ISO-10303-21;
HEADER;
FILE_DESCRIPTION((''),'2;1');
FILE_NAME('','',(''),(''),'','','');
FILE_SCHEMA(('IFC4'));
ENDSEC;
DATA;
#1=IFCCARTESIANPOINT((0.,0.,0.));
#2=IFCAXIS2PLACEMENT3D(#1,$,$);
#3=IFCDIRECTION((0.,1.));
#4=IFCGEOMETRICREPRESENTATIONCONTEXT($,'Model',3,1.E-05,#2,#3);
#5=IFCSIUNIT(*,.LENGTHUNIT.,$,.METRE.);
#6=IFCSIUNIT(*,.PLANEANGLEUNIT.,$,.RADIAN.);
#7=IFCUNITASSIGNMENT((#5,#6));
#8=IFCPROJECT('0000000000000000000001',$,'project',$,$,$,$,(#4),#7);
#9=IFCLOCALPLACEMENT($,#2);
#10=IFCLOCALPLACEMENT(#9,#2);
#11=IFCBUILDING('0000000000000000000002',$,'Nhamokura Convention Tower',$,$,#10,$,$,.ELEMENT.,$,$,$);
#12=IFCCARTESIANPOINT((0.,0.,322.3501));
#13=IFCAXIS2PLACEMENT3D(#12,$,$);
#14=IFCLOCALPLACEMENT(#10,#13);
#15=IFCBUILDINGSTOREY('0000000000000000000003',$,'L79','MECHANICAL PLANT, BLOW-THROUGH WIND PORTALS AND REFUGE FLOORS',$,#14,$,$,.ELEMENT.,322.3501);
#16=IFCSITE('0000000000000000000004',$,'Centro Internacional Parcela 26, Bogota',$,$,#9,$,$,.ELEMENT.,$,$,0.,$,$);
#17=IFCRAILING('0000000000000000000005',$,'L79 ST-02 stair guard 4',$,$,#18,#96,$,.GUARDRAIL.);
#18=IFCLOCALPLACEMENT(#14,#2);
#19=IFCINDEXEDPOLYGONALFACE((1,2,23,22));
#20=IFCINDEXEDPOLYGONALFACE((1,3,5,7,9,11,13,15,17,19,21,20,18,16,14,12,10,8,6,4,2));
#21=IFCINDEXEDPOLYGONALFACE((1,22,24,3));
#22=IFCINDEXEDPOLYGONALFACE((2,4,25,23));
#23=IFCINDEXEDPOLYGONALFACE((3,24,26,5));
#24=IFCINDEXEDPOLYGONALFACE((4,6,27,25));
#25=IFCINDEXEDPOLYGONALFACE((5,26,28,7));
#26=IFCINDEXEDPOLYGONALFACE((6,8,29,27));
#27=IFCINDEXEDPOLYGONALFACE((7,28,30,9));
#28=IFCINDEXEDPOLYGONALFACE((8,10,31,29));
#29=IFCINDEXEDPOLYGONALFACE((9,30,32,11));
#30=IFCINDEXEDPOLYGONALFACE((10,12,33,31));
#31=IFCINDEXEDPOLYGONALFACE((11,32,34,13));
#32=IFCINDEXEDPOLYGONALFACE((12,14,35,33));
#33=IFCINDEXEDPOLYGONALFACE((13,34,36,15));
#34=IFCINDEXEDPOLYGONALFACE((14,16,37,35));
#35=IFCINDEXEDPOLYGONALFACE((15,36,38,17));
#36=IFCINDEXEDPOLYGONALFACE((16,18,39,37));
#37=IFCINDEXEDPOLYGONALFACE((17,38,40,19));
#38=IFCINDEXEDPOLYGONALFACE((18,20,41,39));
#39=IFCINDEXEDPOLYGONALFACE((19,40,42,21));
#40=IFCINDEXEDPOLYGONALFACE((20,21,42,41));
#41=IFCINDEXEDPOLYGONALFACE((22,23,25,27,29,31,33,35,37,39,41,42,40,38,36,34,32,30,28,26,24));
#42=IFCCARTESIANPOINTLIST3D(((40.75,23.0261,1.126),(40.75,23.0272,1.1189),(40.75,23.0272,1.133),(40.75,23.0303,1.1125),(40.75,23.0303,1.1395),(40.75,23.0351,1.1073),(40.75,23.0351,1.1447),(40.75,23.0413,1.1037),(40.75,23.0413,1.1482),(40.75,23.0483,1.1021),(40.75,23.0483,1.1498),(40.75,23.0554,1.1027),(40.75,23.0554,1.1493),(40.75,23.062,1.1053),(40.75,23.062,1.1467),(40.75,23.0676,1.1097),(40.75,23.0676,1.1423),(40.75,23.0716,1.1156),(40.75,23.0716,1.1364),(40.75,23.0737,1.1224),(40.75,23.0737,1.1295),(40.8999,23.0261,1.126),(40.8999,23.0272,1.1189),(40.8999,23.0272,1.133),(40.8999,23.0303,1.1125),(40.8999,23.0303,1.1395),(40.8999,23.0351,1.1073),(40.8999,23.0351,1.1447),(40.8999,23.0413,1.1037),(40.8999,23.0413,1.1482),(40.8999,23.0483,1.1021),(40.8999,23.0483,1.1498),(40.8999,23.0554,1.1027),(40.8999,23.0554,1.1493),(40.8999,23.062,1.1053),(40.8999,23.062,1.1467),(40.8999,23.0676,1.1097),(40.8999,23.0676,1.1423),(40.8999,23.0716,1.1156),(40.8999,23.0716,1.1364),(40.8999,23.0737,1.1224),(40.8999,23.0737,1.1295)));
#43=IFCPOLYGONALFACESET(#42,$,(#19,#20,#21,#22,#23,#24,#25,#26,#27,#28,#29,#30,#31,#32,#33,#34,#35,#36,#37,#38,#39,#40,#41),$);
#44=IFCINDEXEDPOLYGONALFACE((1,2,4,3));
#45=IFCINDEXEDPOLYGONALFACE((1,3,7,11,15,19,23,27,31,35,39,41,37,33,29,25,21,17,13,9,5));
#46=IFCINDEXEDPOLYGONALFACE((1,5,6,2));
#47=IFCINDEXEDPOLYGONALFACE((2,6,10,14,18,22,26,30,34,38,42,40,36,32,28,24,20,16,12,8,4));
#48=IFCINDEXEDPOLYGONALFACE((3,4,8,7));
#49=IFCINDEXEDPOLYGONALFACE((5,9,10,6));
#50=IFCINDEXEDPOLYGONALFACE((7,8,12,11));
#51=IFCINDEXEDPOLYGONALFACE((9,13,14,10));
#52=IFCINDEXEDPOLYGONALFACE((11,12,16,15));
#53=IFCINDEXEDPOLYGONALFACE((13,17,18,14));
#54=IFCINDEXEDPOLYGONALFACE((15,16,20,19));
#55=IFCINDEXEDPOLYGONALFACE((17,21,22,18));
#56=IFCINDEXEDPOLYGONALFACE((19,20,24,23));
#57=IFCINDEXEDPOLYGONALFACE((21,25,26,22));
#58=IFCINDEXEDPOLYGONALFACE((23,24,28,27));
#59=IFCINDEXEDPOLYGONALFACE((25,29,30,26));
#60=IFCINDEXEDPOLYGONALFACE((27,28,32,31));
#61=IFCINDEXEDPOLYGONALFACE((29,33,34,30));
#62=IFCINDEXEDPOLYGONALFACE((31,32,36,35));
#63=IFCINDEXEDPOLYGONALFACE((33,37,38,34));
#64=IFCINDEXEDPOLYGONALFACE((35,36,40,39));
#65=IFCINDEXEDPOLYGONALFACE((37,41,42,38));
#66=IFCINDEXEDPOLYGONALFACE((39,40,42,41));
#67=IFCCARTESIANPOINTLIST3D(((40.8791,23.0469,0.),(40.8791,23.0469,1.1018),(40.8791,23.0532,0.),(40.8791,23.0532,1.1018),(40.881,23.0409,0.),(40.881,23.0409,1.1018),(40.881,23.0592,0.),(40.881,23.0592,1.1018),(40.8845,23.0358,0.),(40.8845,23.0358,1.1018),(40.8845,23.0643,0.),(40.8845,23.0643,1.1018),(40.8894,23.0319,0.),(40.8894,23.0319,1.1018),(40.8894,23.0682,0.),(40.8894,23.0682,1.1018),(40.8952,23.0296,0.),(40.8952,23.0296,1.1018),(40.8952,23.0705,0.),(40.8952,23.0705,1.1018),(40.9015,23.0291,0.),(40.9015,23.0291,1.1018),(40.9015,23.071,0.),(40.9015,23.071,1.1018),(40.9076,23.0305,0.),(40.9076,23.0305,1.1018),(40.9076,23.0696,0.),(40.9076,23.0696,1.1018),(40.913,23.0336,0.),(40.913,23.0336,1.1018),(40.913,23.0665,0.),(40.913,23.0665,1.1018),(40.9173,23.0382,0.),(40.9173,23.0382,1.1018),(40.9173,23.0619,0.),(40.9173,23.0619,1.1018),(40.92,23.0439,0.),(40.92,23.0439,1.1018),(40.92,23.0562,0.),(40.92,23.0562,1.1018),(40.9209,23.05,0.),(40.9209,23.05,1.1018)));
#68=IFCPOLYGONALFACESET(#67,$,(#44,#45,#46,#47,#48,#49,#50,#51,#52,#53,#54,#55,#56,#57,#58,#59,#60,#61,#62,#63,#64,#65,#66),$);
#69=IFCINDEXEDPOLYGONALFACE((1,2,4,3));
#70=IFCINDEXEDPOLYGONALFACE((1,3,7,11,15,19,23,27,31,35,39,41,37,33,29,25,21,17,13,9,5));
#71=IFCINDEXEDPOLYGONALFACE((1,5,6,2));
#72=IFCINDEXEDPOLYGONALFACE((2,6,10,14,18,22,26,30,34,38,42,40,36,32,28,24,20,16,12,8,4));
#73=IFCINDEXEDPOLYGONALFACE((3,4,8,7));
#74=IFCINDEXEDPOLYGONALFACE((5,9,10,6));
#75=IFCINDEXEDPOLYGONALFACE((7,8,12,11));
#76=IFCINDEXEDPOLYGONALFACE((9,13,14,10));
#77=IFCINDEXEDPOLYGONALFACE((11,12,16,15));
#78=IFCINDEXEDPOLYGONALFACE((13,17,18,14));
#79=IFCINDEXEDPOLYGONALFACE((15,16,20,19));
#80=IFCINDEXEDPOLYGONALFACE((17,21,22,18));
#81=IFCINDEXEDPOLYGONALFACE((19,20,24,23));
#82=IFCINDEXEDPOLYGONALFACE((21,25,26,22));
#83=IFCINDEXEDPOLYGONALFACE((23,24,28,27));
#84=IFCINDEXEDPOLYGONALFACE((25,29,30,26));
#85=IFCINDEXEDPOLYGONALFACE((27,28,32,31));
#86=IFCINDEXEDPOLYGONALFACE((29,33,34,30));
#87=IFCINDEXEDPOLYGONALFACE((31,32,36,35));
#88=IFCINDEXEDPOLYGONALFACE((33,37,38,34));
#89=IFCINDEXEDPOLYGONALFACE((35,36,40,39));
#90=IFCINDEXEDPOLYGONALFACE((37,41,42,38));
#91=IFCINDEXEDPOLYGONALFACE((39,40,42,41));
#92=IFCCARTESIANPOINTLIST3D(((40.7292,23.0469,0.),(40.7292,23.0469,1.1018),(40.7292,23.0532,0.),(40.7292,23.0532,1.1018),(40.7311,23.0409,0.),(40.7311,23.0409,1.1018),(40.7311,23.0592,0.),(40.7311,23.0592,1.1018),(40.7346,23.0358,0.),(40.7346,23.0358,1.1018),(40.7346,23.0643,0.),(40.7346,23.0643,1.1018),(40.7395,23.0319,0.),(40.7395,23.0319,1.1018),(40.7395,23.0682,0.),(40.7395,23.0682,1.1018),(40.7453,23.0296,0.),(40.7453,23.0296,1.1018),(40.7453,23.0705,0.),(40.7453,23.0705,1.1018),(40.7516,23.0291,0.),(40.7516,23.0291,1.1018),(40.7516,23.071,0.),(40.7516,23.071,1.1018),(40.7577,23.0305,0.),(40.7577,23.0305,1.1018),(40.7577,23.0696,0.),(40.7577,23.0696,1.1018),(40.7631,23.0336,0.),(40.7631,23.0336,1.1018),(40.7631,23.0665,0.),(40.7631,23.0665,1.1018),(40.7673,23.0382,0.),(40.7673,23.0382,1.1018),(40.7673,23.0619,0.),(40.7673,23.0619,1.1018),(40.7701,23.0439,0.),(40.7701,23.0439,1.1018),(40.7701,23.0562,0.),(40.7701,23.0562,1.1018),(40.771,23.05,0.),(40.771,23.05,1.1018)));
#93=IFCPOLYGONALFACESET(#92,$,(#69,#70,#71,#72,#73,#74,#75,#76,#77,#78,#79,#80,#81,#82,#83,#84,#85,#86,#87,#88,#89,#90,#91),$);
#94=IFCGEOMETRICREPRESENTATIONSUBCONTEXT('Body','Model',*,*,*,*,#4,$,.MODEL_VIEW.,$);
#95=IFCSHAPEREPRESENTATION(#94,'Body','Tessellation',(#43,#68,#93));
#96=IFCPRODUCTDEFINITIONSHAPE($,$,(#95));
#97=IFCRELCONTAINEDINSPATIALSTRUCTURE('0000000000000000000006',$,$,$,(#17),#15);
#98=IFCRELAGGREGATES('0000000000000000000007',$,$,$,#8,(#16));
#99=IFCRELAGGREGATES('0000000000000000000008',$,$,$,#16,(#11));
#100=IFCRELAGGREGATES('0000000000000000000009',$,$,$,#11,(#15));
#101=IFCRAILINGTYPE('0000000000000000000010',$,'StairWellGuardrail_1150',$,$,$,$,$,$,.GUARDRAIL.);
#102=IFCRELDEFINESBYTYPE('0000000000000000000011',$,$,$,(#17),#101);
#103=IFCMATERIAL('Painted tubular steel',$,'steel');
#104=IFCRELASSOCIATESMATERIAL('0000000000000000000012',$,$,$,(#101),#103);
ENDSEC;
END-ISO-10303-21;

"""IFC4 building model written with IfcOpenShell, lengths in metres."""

from ifc_helpers import new_model, si_unit, direction, frame, origin, origin_2d, place, context, subcontext, project, spatial, circle, extrude, material, type_object, element, save


model = new_model("IFC4")

# Units and contexts
model_context = context("Model", 3, precision=1e-05, world=origin(), true_north=direction((0.0, 1.0)))
body_context = subcontext(model_context, "Body", "Model", "MODEL_VIEW")
ifc_project = project(units=[si_unit("LENGTHUNIT", "METRE"), si_unit("PLANEANGLEUNIT", "RADIAN")], contexts=[model_context])

# Site, building, storey
site_placement = place(None, origin())
site = spatial("IfcSite", under=ifc_project, at=site_placement, Name="Centro Internacional Parcela 26, Bogota", CompositionType="ELEMENT", RefElevation=0.0)
building_placement = place(site_placement, origin())
building = spatial("IfcBuilding", under=site, at=building_placement, Name="Nhamokura Convention Tower", CompositionType="ELEMENT")
storey_placement = place(building_placement, frame((0.0, 0.0, 322.3501)))
storey = spatial("IfcBuildingStorey", under=building, at=storey_placement, Name="L79", Description="MECHANICAL PLANT, BLOW-THROUGH WIND PORTALS AND REFUGE FLOORS", CompositionType="ELEMENT", Elevation=322.3501)

# Railing
ifc_material_1 = material(Name="Painted tubular steel", Category="steel")
railing_type_1 = type_object("IfcRailingType", Name="StairWellGuardrail_1150", PredefinedType="GUARDRAIL", material=ifc_material_1)
railing_1_placement = place(storey_placement, frame((40.8999, 23.05, 0.0)))
element("IfcRailing", 1, at=railing_1_placement, inside=storey, type_object=railing_type_1, Name="L79 ST-02 stair guard 4", PredefinedType="GUARDRAIL", context=body_context, shape_type="SweptSolid", body=[
    extrude(circle(Radius=0.0239, at=origin_2d()), frame((0.0, 0.0, 1.126), z_axis=(-1.0, 0.0, 0.0), x_axis=(0.0, -1.0, 0.0)), (0.0, 0.0, 1.0), 0.1499),
    extrude(circle(Radius=0.021, at=origin_2d()), origin(), (0.0, 0.0, 1.0), 1.1018),
    extrude(circle(Radius=0.021, at=origin_2d()), frame((-0.1499, 0.0, 0.0)), (0.0, 0.0, 1.0), 1.1018),
])

save(model, "model.ifc")
